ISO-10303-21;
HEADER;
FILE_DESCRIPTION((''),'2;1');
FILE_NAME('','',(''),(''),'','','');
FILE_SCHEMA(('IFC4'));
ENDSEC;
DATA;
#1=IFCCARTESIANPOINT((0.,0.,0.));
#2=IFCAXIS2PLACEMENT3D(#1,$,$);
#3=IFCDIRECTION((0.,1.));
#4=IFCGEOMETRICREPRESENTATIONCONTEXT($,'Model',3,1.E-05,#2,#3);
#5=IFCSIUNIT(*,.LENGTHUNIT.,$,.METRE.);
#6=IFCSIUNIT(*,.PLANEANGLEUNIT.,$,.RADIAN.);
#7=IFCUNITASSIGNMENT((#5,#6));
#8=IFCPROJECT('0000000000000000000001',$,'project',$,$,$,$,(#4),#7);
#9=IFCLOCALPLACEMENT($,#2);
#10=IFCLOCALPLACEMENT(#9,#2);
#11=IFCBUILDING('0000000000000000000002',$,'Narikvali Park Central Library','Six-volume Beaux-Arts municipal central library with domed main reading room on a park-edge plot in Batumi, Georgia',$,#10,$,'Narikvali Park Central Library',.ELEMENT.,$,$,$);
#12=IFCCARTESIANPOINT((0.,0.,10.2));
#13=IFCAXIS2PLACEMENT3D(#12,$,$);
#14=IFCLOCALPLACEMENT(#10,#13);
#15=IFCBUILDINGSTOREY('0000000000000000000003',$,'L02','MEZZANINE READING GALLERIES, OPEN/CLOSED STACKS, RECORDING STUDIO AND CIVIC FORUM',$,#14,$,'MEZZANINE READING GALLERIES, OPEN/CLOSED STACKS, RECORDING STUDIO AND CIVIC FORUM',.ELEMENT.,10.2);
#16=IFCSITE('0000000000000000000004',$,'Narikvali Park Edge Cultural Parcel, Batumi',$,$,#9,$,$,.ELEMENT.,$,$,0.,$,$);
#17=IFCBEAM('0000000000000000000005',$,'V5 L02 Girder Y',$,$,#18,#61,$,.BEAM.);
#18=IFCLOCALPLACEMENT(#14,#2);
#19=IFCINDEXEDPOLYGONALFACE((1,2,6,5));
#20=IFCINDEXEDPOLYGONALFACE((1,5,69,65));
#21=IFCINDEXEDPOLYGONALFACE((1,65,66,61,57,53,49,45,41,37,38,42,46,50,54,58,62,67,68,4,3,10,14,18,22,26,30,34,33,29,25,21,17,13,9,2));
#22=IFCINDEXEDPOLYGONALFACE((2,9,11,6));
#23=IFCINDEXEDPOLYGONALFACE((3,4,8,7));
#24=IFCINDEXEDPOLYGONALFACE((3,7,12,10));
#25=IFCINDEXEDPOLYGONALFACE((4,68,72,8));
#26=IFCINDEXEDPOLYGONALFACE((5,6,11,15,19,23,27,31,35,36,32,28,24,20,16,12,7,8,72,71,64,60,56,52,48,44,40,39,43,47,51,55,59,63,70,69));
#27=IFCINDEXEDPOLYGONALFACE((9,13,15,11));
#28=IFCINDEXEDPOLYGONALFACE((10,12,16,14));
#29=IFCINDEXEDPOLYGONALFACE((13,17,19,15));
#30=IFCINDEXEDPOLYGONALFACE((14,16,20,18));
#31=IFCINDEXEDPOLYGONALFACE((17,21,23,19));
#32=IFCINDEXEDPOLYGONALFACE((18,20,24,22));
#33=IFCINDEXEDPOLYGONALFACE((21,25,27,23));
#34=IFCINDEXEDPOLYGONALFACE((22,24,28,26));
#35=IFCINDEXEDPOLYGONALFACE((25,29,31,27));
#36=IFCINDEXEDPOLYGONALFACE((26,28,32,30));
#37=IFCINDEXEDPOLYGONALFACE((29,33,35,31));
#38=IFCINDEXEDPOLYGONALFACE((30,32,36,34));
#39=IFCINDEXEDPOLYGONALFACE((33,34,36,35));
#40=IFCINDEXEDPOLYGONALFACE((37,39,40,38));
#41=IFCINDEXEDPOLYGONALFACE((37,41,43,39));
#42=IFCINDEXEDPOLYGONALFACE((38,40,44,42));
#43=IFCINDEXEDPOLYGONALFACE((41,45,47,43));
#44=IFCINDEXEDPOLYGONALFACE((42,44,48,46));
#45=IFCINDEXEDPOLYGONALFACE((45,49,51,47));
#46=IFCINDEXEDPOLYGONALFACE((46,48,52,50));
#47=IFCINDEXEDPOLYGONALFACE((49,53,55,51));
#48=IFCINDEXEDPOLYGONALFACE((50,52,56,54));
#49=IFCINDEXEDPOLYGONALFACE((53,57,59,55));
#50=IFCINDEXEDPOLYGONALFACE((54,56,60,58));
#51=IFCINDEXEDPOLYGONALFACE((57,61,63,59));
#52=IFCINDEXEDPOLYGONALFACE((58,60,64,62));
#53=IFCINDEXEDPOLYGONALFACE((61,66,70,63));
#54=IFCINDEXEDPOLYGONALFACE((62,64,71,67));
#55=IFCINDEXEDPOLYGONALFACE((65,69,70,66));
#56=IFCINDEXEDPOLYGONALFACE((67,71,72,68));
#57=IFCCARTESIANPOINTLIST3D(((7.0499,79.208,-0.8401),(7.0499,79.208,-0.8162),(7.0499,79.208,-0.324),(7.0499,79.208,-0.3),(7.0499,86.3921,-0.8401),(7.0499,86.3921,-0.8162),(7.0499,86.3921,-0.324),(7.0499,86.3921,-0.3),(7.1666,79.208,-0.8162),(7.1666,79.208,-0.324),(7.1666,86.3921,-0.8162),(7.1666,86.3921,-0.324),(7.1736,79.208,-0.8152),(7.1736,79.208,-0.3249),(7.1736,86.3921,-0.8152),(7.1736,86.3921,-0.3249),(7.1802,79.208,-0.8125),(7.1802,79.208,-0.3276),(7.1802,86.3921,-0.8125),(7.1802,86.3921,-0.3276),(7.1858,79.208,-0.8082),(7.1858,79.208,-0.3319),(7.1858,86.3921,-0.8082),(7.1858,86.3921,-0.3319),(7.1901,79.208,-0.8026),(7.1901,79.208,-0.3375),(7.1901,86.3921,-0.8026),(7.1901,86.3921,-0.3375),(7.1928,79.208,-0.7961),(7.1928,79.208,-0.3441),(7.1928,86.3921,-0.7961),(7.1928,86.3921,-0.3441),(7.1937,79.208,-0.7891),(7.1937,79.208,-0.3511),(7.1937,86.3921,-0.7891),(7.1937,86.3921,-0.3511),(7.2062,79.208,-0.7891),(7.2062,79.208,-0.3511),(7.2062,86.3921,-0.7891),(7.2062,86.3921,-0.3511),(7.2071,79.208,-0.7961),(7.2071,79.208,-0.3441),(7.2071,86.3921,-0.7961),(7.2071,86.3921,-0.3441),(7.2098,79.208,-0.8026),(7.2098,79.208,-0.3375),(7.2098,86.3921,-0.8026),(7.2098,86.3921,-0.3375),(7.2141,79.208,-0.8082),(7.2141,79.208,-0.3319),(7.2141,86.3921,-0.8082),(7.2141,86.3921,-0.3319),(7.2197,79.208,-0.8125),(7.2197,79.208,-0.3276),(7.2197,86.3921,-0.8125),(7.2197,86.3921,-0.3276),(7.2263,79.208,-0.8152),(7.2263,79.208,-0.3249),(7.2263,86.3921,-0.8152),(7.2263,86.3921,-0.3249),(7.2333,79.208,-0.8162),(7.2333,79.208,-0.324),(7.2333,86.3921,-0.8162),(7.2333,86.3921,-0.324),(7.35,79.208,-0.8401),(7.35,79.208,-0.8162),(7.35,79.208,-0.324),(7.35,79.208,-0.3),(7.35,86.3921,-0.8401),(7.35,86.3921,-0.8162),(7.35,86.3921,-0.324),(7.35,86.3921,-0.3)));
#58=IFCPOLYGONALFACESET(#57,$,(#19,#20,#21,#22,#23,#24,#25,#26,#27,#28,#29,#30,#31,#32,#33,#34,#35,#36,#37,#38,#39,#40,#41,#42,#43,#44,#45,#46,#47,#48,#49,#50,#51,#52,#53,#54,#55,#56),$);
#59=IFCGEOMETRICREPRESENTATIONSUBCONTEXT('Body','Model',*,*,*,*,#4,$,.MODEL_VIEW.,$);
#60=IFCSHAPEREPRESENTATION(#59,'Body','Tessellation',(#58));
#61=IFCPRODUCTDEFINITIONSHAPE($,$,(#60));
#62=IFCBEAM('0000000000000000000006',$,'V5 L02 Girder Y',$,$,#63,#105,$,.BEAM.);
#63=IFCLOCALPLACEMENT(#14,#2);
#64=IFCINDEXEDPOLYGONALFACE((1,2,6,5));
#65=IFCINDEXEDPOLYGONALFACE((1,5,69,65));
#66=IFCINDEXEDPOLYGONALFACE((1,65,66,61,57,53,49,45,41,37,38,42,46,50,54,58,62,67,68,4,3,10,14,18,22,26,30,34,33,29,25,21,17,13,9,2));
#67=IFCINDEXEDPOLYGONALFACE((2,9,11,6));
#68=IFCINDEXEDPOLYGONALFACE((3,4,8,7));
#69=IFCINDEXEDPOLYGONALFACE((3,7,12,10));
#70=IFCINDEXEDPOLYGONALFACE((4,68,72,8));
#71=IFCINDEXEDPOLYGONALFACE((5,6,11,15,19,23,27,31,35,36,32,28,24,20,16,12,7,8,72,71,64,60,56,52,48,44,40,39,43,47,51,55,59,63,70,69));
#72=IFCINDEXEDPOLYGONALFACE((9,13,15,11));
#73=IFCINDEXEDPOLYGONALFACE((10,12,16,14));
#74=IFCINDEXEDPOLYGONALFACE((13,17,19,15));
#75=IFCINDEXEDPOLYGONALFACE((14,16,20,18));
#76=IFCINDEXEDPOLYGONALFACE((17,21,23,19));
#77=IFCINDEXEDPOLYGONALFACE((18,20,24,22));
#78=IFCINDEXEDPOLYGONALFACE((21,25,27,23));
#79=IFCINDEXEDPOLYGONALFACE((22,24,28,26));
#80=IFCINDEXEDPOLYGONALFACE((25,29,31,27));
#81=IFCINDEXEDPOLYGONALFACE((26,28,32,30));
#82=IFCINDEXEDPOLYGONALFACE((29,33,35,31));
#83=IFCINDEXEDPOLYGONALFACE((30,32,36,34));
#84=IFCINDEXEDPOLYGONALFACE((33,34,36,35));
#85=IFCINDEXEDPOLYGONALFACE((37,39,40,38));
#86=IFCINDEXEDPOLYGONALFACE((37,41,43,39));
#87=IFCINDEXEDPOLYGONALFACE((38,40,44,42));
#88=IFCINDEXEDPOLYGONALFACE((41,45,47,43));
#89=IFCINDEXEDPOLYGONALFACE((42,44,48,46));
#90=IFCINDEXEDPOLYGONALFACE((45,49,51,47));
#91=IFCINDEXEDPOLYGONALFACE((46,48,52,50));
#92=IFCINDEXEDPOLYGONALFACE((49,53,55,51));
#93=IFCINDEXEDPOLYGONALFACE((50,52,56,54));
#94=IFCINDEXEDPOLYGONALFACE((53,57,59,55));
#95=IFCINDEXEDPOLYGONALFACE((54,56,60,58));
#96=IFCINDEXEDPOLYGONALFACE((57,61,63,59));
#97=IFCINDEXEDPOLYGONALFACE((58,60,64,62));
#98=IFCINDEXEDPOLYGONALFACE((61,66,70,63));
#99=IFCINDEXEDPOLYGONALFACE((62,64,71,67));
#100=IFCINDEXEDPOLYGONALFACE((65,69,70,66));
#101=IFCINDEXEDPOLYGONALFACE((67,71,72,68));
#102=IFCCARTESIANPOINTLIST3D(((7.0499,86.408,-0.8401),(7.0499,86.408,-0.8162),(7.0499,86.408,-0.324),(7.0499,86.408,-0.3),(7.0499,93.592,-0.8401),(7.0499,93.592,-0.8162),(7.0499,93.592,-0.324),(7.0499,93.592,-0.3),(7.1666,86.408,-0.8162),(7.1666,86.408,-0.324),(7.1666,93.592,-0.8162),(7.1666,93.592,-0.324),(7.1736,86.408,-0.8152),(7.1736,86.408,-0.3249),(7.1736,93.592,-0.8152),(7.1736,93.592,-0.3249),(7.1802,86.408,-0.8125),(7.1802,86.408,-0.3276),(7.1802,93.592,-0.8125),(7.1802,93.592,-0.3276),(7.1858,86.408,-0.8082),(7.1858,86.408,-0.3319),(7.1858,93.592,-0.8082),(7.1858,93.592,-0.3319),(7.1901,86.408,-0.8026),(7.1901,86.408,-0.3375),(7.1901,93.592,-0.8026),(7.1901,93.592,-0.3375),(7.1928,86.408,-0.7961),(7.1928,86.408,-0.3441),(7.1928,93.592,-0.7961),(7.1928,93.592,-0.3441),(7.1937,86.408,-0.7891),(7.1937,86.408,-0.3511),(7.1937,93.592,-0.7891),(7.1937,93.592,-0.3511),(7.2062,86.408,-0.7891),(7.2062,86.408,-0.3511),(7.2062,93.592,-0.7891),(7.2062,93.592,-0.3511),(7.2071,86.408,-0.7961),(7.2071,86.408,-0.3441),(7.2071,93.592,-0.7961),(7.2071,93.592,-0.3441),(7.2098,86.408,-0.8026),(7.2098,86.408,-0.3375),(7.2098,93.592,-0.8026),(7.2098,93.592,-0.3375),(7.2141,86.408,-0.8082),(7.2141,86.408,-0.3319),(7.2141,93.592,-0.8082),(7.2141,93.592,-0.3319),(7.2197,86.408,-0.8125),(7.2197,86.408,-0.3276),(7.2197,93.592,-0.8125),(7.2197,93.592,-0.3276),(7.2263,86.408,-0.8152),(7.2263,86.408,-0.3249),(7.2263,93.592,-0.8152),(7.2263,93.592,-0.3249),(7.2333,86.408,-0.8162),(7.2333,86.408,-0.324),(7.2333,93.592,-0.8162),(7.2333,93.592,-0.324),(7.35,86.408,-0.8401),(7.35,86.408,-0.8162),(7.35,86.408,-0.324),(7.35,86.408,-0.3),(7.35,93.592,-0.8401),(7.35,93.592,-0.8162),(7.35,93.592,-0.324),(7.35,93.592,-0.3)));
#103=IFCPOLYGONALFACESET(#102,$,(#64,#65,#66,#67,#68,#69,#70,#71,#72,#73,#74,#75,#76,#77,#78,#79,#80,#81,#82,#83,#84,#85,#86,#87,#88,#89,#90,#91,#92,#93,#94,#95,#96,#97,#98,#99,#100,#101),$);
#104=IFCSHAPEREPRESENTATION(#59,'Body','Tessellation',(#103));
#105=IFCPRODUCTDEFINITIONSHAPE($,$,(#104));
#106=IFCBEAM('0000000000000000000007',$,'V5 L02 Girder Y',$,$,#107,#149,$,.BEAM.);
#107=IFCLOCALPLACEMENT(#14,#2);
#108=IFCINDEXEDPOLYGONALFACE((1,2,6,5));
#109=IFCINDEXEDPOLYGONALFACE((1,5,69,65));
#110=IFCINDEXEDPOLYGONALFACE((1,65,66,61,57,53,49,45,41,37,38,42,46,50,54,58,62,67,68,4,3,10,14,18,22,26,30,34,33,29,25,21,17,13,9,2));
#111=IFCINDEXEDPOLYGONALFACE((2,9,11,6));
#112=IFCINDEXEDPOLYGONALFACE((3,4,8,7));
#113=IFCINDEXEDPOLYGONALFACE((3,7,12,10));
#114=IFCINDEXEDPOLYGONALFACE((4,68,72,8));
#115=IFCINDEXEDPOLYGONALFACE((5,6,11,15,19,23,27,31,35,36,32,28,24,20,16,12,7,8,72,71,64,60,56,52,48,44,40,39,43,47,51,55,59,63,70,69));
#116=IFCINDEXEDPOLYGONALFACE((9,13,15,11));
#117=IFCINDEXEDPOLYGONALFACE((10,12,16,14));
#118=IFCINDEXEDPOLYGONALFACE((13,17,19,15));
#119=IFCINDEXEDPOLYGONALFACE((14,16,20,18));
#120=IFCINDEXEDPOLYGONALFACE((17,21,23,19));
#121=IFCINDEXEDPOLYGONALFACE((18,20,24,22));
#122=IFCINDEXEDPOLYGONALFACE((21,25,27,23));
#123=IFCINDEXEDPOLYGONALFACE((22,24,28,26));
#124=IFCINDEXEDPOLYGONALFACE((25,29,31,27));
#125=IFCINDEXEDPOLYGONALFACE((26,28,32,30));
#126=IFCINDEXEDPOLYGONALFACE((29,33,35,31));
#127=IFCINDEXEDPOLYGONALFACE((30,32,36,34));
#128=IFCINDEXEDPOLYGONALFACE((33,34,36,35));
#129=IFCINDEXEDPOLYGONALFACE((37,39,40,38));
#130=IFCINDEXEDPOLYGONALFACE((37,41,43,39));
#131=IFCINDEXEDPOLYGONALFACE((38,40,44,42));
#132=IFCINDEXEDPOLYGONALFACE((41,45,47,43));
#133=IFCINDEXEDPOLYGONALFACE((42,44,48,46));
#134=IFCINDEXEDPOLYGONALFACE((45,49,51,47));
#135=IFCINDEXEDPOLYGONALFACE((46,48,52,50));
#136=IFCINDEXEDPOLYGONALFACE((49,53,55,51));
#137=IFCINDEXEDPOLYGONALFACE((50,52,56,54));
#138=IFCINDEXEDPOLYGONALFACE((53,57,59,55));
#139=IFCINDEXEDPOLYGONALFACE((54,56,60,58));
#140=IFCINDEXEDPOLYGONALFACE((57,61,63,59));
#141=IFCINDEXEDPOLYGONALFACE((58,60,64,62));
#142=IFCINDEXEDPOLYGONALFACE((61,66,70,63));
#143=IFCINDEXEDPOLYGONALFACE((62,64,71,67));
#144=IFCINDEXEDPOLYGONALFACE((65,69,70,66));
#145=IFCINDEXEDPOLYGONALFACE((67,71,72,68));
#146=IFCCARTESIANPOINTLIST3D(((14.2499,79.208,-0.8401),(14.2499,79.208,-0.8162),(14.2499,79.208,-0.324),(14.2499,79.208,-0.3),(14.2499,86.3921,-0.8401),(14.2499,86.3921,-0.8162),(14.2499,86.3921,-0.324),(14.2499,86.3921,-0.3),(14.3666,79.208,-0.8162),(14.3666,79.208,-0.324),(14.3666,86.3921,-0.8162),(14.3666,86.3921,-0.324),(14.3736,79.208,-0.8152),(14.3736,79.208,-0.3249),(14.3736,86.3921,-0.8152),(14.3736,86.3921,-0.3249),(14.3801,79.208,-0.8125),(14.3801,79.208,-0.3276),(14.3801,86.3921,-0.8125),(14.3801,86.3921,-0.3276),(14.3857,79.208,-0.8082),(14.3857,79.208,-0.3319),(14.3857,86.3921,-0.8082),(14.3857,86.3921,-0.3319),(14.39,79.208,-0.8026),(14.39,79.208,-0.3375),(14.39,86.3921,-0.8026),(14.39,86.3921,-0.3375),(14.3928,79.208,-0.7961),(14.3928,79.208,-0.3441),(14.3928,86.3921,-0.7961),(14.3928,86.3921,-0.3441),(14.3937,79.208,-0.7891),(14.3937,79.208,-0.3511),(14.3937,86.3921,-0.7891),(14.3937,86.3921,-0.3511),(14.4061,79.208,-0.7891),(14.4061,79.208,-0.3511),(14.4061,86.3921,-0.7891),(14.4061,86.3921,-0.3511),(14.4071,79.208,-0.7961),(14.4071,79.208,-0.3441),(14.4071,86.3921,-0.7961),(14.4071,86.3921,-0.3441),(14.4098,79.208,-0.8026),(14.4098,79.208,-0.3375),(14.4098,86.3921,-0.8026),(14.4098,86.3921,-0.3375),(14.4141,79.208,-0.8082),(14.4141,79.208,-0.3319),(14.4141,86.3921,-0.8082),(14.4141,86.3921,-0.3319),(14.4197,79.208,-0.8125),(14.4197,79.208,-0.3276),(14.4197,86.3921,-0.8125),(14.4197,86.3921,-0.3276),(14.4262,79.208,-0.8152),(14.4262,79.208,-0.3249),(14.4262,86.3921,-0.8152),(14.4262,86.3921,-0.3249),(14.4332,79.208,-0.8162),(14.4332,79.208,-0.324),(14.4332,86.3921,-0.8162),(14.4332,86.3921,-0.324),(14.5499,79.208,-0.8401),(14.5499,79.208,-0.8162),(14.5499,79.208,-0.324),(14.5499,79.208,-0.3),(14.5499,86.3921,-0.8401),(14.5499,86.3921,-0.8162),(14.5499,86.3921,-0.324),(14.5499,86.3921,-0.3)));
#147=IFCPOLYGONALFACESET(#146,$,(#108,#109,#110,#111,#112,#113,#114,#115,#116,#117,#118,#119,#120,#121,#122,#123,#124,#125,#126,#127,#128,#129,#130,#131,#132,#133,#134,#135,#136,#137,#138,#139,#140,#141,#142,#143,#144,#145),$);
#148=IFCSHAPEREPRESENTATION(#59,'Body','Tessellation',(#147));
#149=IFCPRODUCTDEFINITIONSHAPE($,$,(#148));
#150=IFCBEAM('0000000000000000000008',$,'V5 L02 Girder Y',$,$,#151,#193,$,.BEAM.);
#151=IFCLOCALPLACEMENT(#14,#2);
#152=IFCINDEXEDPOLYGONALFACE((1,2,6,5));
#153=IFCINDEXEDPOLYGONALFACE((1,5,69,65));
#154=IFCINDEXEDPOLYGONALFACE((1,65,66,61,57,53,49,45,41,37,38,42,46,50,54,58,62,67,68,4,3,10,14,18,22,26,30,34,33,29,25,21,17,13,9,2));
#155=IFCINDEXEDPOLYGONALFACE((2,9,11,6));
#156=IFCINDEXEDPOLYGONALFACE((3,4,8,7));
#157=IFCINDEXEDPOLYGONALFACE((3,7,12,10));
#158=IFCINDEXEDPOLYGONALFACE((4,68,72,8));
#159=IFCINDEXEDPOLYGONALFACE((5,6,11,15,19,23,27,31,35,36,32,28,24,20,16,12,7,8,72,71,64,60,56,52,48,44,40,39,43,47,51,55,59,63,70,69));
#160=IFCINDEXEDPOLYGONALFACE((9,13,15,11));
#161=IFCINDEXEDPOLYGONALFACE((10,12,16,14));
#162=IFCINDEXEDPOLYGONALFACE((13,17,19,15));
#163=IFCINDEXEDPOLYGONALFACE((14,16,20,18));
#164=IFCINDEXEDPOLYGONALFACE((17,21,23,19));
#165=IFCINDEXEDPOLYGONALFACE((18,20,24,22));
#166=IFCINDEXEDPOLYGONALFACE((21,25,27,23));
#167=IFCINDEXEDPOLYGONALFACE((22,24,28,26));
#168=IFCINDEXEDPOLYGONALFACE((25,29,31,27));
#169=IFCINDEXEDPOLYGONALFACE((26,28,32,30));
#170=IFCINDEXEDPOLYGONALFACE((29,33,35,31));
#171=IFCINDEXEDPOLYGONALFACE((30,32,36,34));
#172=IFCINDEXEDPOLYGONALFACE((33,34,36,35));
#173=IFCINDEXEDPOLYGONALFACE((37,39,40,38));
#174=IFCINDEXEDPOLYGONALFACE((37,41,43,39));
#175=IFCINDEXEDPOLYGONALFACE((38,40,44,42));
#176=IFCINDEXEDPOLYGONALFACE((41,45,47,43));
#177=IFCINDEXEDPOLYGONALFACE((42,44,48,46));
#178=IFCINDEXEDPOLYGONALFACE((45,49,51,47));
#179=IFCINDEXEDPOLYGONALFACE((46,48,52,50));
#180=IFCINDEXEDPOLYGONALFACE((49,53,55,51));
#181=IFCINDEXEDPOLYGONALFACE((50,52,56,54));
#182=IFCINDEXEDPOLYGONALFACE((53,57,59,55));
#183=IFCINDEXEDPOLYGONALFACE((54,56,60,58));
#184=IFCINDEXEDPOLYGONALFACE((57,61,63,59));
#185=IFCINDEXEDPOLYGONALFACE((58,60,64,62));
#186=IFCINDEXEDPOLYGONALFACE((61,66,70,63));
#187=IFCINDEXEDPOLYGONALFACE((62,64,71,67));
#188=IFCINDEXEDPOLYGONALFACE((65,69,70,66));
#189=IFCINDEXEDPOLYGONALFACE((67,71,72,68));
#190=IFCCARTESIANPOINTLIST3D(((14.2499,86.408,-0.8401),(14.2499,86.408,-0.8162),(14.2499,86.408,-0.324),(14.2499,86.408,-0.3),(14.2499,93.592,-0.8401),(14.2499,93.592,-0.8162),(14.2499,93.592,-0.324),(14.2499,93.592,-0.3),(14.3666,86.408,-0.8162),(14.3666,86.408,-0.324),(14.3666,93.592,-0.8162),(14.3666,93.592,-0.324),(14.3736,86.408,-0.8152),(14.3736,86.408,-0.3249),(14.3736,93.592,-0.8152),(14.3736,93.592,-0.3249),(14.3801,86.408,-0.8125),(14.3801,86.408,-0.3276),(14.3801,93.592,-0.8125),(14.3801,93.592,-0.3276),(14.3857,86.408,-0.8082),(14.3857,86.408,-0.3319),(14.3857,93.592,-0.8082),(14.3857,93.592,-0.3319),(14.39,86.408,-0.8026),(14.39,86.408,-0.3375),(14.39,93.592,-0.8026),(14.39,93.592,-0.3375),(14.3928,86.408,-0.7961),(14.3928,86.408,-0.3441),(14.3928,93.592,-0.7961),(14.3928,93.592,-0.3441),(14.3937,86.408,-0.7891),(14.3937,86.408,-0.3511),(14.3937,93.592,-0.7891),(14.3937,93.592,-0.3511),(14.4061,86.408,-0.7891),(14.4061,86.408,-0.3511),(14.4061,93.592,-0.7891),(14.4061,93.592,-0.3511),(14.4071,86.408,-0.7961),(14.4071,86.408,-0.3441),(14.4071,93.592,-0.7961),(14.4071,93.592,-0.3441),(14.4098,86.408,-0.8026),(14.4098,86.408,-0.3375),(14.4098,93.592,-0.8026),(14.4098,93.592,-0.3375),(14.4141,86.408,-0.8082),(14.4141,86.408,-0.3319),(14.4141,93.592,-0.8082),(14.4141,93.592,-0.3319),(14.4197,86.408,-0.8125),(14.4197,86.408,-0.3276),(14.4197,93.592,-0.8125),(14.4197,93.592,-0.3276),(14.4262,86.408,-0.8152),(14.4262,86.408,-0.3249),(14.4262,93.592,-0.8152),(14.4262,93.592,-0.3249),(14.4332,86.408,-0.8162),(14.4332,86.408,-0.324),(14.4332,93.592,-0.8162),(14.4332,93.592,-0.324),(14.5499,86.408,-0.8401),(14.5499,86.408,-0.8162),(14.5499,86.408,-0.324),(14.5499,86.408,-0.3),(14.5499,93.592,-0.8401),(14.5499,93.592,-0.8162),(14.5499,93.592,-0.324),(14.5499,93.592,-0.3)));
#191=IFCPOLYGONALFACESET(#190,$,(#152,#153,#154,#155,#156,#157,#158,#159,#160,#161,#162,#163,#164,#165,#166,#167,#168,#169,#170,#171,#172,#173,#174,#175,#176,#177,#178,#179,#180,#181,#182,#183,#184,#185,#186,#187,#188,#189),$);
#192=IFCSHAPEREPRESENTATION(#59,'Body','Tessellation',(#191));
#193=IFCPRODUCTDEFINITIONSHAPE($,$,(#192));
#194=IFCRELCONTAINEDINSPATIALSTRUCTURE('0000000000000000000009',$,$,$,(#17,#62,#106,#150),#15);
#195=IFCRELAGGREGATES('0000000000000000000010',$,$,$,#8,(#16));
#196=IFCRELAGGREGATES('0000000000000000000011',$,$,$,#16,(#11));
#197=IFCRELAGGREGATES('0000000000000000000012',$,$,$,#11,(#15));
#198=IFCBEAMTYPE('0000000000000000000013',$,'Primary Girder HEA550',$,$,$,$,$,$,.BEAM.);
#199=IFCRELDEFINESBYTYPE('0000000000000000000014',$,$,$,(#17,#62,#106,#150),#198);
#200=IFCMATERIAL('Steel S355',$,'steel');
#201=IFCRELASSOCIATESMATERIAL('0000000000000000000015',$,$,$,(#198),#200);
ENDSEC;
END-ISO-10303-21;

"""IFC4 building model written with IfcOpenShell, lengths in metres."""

from ifc_helpers import new_model, si_unit, direction, frame, origin, origin_2d, place, context, subcontext, project, spatial, i_section, extrude, material, material_profile, profile_set, type_object, element, save


model = new_model("IFC4")

# Units and contexts
model_context = context("Model", 3, precision=1e-05, world=origin(), true_north=direction((0.0, 1.0)))
body_context = subcontext(model_context, "Body", "Model", "MODEL_VIEW")
ifc_project = project(units=[si_unit("LENGTHUNIT", "METRE"), si_unit("PLANEANGLEUNIT", "RADIAN")], contexts=[model_context])

# Site, building, storey
site_placement = place(None, origin())
site = spatial("IfcSite", under=ifc_project, at=site_placement, Name="Narikvali Park Edge Cultural Parcel, Batumi", CompositionType="ELEMENT", RefElevation=0.0)
building_placement = place(site_placement, origin())
building = spatial("IfcBuilding", under=site, at=building_placement, Name="Narikvali Park Central Library", Description="Six-volume Beaux-Arts municipal central library with domed main reading room on a park-edge plot in Batumi, Georgia", LongName="Narikvali Park Central Library", CompositionType="ELEMENT")
storey_placement = place(building_placement, frame((0.0, 0.0, 10.2)))
storey = spatial("IfcBuildingStorey", under=building, at=storey_placement, Name="L02", Description="MEZZANINE READING GALLERIES, OPEN/CLOSED STACKS, RECORDING STUDIO AND CIVIC FORUM", LongName="MEZZANINE READING GALLERIES, OPEN/CLOSED STACKS, RECORDING STUDIO AND CIVIC FORUM", CompositionType="ELEMENT", Elevation=10.2)

# Shared definitions
ifc_material_1 = material(Name="Steel S355", Category="steel")

# Beams
ifc_material_profile_1 = material_profile(ifc_material_1, i_section(OverallWidth=0.3, OverallDepth=0.54, WebThickness=0.0125, FlangeThickness=0.0239, FilletRadius=0.0271, at=origin_2d()), Name="HEA 550")
ifc_profile_set_1 = profile_set([ifc_material_profile_1], Name="Steel S355")
beam_type_1 = type_object("IfcBeamType", Name="Primary Girder HEA550", PredefinedType="BEAM", material=ifc_profile_set_1)
for number, where, z_axis, x_axis, name in (
    (1, (7.2, 79.208, -0.5701), (0.0, 1.0, 0.0), (-1.0, 0.0, 0.0), "V5 L02 Girder Y"),
    (2, (7.2, 86.408, -0.5701), (0.0, 1.0, 0.0), (-1.0, 0.0, 0.0), "V5 L02 Girder Y"),
    (3, (14.3999, 79.208, -0.5701), (0.0, 1.0, 0.0), (-1.0, 0.0, 0.0), "V5 L02 Girder Y"),
    (4, (14.3999, 86.408, -0.5701), (0.0, 1.0, 0.0), (-1.0, 0.0, 0.0), "V5 L02 Girder Y"),
):
    element("IfcBeam", number, at=place(storey_placement, frame(where, z_axis=z_axis, x_axis=x_axis)), inside=storey, type_object=beam_type_1, Name=name, PredefinedType="BEAM", context=body_context, shape_type="SweptSolid", body=[
        extrude(i_section(OverallWidth=0.3, OverallDepth=0.54, WebThickness=0.0125, FlangeThickness=0.0239, FilletRadius=0.0271, at=origin_2d()), origin(), (0.0, 0.0, 1.0), 7.1841),
    ])

save(model, "model.ifc")
